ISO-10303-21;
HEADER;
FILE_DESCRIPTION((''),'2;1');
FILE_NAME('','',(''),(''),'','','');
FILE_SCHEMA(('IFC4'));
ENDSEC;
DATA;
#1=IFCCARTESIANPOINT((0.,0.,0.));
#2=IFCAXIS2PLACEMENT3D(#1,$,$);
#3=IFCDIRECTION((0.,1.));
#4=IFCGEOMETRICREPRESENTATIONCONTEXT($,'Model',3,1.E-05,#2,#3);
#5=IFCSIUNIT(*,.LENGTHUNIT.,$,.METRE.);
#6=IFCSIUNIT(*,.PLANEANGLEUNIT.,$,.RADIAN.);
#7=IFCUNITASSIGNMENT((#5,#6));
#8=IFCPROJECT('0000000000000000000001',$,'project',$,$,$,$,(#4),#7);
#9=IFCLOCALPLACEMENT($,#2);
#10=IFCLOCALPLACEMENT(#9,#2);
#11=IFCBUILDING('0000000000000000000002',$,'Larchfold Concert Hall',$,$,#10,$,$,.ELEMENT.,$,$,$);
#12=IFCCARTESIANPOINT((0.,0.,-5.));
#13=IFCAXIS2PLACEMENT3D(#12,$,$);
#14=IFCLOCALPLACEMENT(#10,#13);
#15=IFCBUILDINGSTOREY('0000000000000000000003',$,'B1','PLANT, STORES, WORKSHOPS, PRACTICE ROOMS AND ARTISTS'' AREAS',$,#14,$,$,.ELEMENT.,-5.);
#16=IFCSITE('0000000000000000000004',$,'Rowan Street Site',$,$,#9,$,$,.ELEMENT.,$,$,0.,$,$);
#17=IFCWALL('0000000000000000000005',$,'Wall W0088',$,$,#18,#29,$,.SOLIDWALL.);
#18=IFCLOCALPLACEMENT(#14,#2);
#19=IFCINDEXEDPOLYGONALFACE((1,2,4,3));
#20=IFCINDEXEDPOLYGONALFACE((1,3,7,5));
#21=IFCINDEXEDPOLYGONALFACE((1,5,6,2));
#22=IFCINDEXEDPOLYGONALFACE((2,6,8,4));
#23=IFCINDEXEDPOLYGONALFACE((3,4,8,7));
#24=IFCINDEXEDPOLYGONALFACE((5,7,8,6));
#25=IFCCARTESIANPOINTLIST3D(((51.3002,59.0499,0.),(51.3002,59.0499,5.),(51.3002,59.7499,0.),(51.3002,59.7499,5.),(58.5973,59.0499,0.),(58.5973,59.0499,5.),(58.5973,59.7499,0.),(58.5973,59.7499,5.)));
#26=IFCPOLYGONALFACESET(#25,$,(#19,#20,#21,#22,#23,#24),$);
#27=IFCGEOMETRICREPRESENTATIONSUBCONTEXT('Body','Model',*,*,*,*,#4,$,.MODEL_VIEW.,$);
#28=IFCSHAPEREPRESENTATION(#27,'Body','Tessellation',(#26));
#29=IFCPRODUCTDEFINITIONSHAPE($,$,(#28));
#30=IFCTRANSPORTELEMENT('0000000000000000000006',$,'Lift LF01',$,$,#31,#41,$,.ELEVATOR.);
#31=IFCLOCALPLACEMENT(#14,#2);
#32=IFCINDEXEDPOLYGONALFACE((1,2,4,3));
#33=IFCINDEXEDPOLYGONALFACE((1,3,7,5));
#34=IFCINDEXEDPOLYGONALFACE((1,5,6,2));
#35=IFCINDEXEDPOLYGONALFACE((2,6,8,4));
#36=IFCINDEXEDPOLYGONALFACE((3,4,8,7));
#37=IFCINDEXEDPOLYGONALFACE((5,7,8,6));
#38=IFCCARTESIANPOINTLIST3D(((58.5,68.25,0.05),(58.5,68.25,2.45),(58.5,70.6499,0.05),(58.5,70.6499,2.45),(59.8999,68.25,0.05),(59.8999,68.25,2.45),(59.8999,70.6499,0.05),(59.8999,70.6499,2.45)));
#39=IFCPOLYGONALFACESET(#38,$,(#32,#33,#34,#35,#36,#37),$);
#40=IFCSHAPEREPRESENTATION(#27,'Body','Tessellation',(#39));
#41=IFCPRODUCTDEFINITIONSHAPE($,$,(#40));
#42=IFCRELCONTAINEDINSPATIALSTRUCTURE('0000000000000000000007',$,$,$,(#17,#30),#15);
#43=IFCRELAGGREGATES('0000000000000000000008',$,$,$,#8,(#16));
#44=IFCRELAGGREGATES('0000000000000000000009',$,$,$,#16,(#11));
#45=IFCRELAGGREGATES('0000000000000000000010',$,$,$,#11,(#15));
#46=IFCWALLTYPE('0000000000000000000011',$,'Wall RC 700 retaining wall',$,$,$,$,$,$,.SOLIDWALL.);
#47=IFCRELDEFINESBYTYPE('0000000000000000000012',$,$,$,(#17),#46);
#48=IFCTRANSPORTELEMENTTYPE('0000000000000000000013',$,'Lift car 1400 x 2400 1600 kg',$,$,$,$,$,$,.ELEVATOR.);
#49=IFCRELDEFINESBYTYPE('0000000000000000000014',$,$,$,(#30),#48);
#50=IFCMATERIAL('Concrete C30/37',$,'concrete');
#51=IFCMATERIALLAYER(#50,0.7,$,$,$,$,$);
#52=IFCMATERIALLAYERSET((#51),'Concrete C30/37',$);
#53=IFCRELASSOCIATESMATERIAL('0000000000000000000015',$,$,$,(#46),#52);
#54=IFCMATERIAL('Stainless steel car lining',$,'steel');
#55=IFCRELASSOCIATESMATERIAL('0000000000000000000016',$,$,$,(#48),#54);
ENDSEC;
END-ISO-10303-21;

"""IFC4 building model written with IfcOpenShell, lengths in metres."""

from ifc_helpers import new_model, si_unit, direction, frame, frame_2d, origin, origin_2d, place, context, subcontext, project, spatial, rectangle, extrude, material, layer, layer_set, type_object, element, save


model = new_model("IFC4")

# Units and contexts
model_context = context("Model", 3, precision=1e-05, world=origin(), true_north=direction((0.0, 1.0)))
body_context = subcontext(model_context, "Body", "Model", "MODEL_VIEW")
ifc_project = project(units=[si_unit("LENGTHUNIT", "METRE"), si_unit("PLANEANGLEUNIT", "RADIAN")], contexts=[model_context])

# Site, building, storey
site_placement = place(None, origin())
site = spatial("IfcSite", under=ifc_project, at=site_placement, Name="Rowan Street Site", CompositionType="ELEMENT", RefElevation=0.0)
building_placement = place(site_placement, origin())
building = spatial("IfcBuilding", under=site, at=building_placement, Name="Larchfold Concert Hall", CompositionType="ELEMENT")
storey_placement = place(building_placement, frame((0.0, 0.0, -5.0)))
storey = spatial("IfcBuildingStorey", under=building, at=storey_placement, Name="B1", Description="PLANT, STORES, WORKSHOPS, PRACTICE ROOMS AND ARTISTS' AREAS", CompositionType="ELEMENT", Elevation=-5.0)

# Wall
ifc_material_1 = material(Name="Concrete C30/37", Category="concrete")
ifc_layer_1 = layer(ifc_material_1, 0.7)
ifc_layer_set_1 = layer_set([ifc_layer_1], Name="Concrete C30/37")
wall_type_1 = type_object("IfcWallType", Name="Wall RC 700 retaining wall", PredefinedType="SOLIDWALL", material=ifc_layer_set_1)
wall_1_placement = place(storey_placement, frame((58.5972, 59.3999, 0.0), z_axis=(0.0, 0.0, 1.0), x_axis=(-1.0, 0.0, 0.0)))
element("IfcWall", 1, at=wall_1_placement, inside=storey, type_object=wall_type_1, Name="Wall W0088", PredefinedType="SOLIDWALL", context=body_context, shape_type="SweptSolid", body=[
    extrude(rectangle(XDim=7.2971, YDim=0.7, at=frame_2d((3.6484, 0.0))), origin(), (0.0, 0.0, 1.0), 5.0),
])

# Transport element
ifc_material_2 = material(Name="Stainless steel car lining", Category="steel")
transport_element_type = type_object("IfcTransportElementType", Name="Lift car 1400 x 2400 1600 kg", PredefinedType="ELEVATOR", material=ifc_material_2)
transport_element_placement = place(storey_placement, frame((59.2, 69.45, 0.05), z_axis=(0.0, 0.0, 1.0), x_axis=(1.0, 0.0, 0.0)))
element("IfcTransportElement", 2, at=transport_element_placement, inside=storey, type_object=transport_element_type, Name="Lift LF01", PredefinedType="ELEVATOR", context=body_context, shape_type="SweptSolid", body=[
    extrude(rectangle(XDim=1.3999, YDim=2.3999, at=origin_2d()), origin(), (0.0, 0.0, 1.0), 2.3999),
])

save(model, "model.ifc")
